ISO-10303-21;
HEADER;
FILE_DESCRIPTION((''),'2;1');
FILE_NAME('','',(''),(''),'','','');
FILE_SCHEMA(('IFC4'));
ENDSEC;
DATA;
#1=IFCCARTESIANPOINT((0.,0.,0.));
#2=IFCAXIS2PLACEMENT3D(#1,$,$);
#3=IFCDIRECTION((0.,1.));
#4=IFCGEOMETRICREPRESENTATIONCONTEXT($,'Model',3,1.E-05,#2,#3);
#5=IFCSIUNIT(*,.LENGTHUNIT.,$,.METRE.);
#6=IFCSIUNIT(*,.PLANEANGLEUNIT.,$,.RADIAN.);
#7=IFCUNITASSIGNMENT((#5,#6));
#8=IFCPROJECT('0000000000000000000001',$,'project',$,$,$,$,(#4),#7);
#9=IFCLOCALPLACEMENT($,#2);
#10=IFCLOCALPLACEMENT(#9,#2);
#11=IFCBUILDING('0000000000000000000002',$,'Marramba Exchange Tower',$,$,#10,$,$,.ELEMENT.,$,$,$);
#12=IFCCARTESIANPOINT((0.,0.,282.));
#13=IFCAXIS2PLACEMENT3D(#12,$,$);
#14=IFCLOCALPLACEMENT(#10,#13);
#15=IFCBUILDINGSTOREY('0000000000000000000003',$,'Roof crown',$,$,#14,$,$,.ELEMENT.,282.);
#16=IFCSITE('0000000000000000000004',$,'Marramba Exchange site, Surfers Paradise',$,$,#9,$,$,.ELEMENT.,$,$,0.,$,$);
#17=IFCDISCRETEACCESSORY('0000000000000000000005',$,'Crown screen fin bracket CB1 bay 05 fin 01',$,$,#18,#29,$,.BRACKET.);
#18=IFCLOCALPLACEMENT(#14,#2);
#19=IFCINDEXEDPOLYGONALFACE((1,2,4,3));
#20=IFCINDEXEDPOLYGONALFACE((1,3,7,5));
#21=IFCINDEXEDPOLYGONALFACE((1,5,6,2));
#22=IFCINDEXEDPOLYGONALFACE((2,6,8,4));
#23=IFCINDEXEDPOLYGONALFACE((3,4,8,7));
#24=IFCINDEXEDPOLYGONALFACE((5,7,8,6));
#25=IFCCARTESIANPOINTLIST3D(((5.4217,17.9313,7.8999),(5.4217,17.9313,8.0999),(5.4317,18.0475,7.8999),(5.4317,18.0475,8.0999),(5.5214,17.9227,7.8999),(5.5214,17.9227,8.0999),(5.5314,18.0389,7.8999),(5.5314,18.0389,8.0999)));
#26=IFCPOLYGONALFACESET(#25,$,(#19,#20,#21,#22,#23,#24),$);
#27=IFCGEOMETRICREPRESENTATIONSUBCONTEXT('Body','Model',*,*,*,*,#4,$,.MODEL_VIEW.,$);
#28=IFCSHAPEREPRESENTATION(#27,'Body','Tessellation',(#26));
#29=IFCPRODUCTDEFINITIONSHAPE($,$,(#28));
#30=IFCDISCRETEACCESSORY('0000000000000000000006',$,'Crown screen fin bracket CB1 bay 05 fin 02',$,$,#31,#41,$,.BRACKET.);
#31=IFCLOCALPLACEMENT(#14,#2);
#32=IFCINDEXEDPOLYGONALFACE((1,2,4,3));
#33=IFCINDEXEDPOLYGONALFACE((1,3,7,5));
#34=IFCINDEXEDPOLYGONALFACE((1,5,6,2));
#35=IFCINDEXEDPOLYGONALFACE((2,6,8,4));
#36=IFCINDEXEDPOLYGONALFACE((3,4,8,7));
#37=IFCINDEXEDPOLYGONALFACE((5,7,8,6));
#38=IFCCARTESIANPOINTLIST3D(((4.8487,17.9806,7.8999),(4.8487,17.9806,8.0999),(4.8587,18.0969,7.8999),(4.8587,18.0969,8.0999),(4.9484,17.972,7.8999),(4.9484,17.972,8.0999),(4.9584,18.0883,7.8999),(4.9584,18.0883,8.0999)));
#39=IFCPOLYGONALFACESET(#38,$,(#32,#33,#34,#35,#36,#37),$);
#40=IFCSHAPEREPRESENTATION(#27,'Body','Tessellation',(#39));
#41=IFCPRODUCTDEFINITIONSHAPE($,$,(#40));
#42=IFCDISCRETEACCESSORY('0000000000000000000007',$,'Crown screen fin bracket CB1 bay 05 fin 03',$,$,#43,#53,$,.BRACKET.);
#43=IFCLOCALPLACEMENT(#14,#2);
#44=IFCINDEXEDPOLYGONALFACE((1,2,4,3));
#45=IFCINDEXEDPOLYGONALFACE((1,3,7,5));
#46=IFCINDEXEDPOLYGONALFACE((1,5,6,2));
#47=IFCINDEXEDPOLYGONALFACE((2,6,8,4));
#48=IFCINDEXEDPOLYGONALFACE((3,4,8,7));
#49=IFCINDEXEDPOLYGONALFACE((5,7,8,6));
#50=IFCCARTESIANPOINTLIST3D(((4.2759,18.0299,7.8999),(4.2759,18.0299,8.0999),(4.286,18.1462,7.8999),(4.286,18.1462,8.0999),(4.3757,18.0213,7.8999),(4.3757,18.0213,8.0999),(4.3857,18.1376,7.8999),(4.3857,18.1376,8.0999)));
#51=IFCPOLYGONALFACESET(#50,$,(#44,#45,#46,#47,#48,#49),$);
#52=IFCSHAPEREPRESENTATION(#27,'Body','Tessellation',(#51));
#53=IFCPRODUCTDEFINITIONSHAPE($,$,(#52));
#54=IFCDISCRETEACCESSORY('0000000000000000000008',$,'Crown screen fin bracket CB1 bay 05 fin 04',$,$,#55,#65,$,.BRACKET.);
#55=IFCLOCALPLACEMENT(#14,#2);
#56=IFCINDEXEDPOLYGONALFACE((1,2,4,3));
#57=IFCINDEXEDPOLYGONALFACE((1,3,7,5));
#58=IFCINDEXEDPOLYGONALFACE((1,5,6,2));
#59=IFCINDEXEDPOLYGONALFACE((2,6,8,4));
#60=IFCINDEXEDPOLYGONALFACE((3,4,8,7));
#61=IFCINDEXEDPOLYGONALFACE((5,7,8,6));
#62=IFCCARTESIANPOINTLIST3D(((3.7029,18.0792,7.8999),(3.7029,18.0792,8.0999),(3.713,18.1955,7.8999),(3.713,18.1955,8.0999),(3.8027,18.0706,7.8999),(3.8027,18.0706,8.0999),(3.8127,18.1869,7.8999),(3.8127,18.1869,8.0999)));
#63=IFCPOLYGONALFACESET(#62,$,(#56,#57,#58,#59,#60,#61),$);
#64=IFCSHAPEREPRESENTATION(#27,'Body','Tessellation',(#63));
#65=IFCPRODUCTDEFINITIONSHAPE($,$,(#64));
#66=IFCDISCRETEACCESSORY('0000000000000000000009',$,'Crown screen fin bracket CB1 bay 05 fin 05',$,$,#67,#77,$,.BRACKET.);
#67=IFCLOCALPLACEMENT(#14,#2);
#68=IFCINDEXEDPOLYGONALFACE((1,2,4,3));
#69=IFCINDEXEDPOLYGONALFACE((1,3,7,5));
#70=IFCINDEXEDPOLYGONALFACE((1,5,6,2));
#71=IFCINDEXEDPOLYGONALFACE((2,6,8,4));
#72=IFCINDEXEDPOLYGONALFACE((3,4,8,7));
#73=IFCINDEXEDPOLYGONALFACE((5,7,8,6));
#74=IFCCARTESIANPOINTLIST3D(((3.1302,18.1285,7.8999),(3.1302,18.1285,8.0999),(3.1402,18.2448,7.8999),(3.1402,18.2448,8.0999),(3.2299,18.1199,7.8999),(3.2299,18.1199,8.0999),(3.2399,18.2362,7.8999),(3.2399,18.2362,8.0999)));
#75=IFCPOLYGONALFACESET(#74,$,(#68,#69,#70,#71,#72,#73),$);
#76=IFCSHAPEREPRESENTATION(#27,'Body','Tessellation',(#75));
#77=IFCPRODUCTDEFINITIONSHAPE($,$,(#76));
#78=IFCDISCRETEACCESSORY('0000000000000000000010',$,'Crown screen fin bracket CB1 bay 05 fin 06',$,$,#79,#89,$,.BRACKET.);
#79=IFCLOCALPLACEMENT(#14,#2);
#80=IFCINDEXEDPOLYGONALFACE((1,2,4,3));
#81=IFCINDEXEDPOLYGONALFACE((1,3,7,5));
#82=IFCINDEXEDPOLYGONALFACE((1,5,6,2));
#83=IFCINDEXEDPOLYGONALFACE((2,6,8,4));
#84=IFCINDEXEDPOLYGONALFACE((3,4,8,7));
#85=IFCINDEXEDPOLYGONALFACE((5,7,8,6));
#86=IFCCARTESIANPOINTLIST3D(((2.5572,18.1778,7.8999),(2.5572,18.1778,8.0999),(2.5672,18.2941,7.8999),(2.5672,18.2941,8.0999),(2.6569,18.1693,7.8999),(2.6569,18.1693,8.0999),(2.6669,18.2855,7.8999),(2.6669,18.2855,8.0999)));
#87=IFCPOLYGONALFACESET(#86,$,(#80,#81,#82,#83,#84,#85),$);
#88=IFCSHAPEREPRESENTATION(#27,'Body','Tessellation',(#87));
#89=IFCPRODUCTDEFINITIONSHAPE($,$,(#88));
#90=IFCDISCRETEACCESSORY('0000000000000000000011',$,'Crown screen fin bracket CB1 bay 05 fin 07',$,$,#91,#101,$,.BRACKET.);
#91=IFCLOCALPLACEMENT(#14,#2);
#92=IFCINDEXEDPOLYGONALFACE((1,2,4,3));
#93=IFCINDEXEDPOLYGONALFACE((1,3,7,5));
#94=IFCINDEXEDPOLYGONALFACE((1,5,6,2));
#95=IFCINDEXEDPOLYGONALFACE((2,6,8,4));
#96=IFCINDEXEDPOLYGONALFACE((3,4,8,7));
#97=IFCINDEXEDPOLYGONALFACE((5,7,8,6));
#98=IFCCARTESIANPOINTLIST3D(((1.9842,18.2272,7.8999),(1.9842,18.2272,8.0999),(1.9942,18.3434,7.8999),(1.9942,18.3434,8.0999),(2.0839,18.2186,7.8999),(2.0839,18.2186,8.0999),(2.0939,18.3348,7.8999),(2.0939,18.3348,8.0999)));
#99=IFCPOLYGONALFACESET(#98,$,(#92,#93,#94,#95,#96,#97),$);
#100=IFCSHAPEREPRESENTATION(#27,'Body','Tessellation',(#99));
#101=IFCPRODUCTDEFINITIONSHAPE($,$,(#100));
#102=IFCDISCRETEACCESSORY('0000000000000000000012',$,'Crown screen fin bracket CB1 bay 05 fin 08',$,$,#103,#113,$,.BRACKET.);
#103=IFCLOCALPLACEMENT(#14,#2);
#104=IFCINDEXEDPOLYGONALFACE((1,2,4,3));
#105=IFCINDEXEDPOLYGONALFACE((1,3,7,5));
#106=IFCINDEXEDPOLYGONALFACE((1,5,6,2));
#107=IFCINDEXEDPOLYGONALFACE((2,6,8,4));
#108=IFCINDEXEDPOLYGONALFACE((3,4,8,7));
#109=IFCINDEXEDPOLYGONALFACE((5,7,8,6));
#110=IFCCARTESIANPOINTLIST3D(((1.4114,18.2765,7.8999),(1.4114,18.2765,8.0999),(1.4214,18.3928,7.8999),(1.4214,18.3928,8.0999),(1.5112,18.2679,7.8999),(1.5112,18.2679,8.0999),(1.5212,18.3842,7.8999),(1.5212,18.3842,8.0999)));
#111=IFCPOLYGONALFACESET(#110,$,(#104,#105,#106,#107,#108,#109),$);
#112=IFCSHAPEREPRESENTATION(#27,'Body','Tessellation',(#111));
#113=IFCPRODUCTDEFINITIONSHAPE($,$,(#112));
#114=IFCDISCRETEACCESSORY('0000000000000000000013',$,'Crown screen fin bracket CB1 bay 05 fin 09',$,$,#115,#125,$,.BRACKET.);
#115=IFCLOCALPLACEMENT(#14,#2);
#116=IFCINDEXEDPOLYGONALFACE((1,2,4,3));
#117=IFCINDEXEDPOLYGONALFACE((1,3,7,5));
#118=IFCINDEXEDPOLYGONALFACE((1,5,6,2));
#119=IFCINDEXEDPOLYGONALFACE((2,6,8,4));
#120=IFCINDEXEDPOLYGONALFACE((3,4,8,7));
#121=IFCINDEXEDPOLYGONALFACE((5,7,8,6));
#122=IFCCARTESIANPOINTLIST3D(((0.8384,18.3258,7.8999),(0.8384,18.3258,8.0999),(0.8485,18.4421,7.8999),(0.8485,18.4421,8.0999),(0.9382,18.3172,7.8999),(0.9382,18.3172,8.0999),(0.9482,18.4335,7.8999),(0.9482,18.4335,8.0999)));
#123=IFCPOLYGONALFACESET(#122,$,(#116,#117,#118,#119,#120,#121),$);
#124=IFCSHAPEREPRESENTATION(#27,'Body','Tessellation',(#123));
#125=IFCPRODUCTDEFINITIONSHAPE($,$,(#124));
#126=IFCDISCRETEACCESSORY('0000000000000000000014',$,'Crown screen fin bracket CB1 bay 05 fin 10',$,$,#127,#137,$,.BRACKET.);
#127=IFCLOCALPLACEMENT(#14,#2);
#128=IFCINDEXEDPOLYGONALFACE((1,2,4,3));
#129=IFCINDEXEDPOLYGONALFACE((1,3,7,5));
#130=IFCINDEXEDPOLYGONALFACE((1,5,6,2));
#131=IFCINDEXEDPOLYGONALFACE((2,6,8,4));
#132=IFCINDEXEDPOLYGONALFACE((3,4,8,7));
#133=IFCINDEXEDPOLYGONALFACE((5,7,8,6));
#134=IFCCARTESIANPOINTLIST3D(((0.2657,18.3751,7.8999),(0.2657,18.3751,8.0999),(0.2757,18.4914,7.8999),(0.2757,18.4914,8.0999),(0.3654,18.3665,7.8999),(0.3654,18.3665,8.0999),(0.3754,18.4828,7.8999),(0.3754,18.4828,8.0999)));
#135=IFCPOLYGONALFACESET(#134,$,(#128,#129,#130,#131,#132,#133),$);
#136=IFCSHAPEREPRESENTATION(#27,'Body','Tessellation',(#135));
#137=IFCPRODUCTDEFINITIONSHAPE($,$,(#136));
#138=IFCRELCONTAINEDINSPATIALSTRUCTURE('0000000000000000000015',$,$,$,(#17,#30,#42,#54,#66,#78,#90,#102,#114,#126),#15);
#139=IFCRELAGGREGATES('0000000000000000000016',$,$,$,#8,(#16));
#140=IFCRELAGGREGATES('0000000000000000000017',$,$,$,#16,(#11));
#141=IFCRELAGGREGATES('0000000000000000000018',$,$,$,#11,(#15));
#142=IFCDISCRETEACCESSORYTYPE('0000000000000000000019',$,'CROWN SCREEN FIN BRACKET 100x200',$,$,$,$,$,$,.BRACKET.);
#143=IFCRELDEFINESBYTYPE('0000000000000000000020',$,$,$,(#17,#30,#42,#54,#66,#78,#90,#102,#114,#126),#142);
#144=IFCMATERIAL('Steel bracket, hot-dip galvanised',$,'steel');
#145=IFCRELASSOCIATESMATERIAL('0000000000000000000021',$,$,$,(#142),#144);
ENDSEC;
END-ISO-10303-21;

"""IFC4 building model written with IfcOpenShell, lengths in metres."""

from ifc_helpers import new_model, si_unit, direction, frame, origin, origin_2d, place, context, subcontext, project, spatial, rectangle, extrude, material, type_object, element, save


model = new_model("IFC4")

# Units and contexts
model_context = context("Model", 3, precision=1e-05, world=origin(), true_north=direction((0.0, 1.0)))
body_context = subcontext(model_context, "Body", "Model", "MODEL_VIEW")
ifc_project = project(units=[si_unit("LENGTHUNIT", "METRE"), si_unit("PLANEANGLEUNIT", "RADIAN")], contexts=[model_context])

# Site, building, storey
site_placement = place(None, origin())
site = spatial("IfcSite", under=ifc_project, at=site_placement, Name="Marramba Exchange site, Surfers Paradise", CompositionType="ELEMENT", RefElevation=0.0)
building_placement = place(site_placement, origin())
building = spatial("IfcBuilding", under=site, at=building_placement, Name="Marramba Exchange Tower", CompositionType="ELEMENT")
storey_placement = place(building_placement, frame((0.0, 0.0, 282.0)))
storey = spatial("IfcBuildingStorey", under=building, at=storey_placement, Name="Roof crown", CompositionType="ELEMENT", Elevation=282.0)

# Discrete accessories
ifc_material_1 = material(Name="Steel bracket, hot-dip galvanised", Category="steel")
discrete_accessory_type_1 = type_object("IfcDiscreteAccessoryType", Name="CROWN SCREEN FIN BRACKET 100x200", PredefinedType="BRACKET", material=ifc_material_1)
for number, where, z_axis, x_axis, name in (
    (1, (5.4766, 17.9851, 7.8999), (0.0, 0.0, 1.0), (-0.996314, 0.085783, 0.0), "Crown screen fin bracket CB1 bay 05 fin 01"),
    (2, (4.9036, 18.0344, 7.8999), (0.0, 0.0, 1.0), (-0.996314, 0.085783, 0.0), "Crown screen fin bracket CB1 bay 05 fin 02"),
    (3, (4.3308, 18.0837, 7.8999), (0.0, 0.0, 1.0), (-0.996314, 0.085783, 0.0), "Crown screen fin bracket CB1 bay 05 fin 03"),
    (4, (3.7578, 18.1331, 7.8999), (0.0, 0.0, 1.0), (-0.996314, 0.085783, 0.0), "Crown screen fin bracket CB1 bay 05 fin 04"),
    (5, (3.1851, 18.1824, 7.8999), (0.0, 0.0, 1.0), (-0.996314, 0.085783, 0.0), "Crown screen fin bracket CB1 bay 05 fin 05"),
    (6, (2.6121, 18.2317, 7.8999), (0.0, 0.0, 1.0), (-0.996314, 0.085783, 0.0), "Crown screen fin bracket CB1 bay 05 fin 06"),
    (7, (2.0391, 18.281, 7.8999), (0.0, 0.0, 1.0), (-0.996314, 0.085783, 0.0), "Crown screen fin bracket CB1 bay 05 fin 07"),
    (8, (1.4663, 18.3303, 7.8999), (0.0, 0.0, 1.0), (-0.996314, 0.085783, 0.0), "Crown screen fin bracket CB1 bay 05 fin 08"),
    (9, (0.8933, 18.3796, 7.8999), (0.0, 0.0, 1.0), (-0.996314, 0.085783, 0.0), "Crown screen fin bracket CB1 bay 05 fin 09"),
    (10, (0.3206, 18.429, 7.8999), (0.0, 0.0, 1.0), (-0.996314, 0.085783, 0.0), "Crown screen fin bracket CB1 bay 05 fin 10"),
):
    element("IfcDiscreteAccessory", number, at=place(storey_placement, frame(where, z_axis=z_axis, x_axis=x_axis)), inside=storey, type_object=discrete_accessory_type_1, Name=name, PredefinedType="BRACKET", context=body_context, shape_type="SweptSolid", body=[
        extrude(rectangle(XDim=0.1001, YDim=0.1167, at=origin_2d()), origin(), (0.0, 0.0, 1.0), 0.2),
    ])

save(model, "model.ifc")
